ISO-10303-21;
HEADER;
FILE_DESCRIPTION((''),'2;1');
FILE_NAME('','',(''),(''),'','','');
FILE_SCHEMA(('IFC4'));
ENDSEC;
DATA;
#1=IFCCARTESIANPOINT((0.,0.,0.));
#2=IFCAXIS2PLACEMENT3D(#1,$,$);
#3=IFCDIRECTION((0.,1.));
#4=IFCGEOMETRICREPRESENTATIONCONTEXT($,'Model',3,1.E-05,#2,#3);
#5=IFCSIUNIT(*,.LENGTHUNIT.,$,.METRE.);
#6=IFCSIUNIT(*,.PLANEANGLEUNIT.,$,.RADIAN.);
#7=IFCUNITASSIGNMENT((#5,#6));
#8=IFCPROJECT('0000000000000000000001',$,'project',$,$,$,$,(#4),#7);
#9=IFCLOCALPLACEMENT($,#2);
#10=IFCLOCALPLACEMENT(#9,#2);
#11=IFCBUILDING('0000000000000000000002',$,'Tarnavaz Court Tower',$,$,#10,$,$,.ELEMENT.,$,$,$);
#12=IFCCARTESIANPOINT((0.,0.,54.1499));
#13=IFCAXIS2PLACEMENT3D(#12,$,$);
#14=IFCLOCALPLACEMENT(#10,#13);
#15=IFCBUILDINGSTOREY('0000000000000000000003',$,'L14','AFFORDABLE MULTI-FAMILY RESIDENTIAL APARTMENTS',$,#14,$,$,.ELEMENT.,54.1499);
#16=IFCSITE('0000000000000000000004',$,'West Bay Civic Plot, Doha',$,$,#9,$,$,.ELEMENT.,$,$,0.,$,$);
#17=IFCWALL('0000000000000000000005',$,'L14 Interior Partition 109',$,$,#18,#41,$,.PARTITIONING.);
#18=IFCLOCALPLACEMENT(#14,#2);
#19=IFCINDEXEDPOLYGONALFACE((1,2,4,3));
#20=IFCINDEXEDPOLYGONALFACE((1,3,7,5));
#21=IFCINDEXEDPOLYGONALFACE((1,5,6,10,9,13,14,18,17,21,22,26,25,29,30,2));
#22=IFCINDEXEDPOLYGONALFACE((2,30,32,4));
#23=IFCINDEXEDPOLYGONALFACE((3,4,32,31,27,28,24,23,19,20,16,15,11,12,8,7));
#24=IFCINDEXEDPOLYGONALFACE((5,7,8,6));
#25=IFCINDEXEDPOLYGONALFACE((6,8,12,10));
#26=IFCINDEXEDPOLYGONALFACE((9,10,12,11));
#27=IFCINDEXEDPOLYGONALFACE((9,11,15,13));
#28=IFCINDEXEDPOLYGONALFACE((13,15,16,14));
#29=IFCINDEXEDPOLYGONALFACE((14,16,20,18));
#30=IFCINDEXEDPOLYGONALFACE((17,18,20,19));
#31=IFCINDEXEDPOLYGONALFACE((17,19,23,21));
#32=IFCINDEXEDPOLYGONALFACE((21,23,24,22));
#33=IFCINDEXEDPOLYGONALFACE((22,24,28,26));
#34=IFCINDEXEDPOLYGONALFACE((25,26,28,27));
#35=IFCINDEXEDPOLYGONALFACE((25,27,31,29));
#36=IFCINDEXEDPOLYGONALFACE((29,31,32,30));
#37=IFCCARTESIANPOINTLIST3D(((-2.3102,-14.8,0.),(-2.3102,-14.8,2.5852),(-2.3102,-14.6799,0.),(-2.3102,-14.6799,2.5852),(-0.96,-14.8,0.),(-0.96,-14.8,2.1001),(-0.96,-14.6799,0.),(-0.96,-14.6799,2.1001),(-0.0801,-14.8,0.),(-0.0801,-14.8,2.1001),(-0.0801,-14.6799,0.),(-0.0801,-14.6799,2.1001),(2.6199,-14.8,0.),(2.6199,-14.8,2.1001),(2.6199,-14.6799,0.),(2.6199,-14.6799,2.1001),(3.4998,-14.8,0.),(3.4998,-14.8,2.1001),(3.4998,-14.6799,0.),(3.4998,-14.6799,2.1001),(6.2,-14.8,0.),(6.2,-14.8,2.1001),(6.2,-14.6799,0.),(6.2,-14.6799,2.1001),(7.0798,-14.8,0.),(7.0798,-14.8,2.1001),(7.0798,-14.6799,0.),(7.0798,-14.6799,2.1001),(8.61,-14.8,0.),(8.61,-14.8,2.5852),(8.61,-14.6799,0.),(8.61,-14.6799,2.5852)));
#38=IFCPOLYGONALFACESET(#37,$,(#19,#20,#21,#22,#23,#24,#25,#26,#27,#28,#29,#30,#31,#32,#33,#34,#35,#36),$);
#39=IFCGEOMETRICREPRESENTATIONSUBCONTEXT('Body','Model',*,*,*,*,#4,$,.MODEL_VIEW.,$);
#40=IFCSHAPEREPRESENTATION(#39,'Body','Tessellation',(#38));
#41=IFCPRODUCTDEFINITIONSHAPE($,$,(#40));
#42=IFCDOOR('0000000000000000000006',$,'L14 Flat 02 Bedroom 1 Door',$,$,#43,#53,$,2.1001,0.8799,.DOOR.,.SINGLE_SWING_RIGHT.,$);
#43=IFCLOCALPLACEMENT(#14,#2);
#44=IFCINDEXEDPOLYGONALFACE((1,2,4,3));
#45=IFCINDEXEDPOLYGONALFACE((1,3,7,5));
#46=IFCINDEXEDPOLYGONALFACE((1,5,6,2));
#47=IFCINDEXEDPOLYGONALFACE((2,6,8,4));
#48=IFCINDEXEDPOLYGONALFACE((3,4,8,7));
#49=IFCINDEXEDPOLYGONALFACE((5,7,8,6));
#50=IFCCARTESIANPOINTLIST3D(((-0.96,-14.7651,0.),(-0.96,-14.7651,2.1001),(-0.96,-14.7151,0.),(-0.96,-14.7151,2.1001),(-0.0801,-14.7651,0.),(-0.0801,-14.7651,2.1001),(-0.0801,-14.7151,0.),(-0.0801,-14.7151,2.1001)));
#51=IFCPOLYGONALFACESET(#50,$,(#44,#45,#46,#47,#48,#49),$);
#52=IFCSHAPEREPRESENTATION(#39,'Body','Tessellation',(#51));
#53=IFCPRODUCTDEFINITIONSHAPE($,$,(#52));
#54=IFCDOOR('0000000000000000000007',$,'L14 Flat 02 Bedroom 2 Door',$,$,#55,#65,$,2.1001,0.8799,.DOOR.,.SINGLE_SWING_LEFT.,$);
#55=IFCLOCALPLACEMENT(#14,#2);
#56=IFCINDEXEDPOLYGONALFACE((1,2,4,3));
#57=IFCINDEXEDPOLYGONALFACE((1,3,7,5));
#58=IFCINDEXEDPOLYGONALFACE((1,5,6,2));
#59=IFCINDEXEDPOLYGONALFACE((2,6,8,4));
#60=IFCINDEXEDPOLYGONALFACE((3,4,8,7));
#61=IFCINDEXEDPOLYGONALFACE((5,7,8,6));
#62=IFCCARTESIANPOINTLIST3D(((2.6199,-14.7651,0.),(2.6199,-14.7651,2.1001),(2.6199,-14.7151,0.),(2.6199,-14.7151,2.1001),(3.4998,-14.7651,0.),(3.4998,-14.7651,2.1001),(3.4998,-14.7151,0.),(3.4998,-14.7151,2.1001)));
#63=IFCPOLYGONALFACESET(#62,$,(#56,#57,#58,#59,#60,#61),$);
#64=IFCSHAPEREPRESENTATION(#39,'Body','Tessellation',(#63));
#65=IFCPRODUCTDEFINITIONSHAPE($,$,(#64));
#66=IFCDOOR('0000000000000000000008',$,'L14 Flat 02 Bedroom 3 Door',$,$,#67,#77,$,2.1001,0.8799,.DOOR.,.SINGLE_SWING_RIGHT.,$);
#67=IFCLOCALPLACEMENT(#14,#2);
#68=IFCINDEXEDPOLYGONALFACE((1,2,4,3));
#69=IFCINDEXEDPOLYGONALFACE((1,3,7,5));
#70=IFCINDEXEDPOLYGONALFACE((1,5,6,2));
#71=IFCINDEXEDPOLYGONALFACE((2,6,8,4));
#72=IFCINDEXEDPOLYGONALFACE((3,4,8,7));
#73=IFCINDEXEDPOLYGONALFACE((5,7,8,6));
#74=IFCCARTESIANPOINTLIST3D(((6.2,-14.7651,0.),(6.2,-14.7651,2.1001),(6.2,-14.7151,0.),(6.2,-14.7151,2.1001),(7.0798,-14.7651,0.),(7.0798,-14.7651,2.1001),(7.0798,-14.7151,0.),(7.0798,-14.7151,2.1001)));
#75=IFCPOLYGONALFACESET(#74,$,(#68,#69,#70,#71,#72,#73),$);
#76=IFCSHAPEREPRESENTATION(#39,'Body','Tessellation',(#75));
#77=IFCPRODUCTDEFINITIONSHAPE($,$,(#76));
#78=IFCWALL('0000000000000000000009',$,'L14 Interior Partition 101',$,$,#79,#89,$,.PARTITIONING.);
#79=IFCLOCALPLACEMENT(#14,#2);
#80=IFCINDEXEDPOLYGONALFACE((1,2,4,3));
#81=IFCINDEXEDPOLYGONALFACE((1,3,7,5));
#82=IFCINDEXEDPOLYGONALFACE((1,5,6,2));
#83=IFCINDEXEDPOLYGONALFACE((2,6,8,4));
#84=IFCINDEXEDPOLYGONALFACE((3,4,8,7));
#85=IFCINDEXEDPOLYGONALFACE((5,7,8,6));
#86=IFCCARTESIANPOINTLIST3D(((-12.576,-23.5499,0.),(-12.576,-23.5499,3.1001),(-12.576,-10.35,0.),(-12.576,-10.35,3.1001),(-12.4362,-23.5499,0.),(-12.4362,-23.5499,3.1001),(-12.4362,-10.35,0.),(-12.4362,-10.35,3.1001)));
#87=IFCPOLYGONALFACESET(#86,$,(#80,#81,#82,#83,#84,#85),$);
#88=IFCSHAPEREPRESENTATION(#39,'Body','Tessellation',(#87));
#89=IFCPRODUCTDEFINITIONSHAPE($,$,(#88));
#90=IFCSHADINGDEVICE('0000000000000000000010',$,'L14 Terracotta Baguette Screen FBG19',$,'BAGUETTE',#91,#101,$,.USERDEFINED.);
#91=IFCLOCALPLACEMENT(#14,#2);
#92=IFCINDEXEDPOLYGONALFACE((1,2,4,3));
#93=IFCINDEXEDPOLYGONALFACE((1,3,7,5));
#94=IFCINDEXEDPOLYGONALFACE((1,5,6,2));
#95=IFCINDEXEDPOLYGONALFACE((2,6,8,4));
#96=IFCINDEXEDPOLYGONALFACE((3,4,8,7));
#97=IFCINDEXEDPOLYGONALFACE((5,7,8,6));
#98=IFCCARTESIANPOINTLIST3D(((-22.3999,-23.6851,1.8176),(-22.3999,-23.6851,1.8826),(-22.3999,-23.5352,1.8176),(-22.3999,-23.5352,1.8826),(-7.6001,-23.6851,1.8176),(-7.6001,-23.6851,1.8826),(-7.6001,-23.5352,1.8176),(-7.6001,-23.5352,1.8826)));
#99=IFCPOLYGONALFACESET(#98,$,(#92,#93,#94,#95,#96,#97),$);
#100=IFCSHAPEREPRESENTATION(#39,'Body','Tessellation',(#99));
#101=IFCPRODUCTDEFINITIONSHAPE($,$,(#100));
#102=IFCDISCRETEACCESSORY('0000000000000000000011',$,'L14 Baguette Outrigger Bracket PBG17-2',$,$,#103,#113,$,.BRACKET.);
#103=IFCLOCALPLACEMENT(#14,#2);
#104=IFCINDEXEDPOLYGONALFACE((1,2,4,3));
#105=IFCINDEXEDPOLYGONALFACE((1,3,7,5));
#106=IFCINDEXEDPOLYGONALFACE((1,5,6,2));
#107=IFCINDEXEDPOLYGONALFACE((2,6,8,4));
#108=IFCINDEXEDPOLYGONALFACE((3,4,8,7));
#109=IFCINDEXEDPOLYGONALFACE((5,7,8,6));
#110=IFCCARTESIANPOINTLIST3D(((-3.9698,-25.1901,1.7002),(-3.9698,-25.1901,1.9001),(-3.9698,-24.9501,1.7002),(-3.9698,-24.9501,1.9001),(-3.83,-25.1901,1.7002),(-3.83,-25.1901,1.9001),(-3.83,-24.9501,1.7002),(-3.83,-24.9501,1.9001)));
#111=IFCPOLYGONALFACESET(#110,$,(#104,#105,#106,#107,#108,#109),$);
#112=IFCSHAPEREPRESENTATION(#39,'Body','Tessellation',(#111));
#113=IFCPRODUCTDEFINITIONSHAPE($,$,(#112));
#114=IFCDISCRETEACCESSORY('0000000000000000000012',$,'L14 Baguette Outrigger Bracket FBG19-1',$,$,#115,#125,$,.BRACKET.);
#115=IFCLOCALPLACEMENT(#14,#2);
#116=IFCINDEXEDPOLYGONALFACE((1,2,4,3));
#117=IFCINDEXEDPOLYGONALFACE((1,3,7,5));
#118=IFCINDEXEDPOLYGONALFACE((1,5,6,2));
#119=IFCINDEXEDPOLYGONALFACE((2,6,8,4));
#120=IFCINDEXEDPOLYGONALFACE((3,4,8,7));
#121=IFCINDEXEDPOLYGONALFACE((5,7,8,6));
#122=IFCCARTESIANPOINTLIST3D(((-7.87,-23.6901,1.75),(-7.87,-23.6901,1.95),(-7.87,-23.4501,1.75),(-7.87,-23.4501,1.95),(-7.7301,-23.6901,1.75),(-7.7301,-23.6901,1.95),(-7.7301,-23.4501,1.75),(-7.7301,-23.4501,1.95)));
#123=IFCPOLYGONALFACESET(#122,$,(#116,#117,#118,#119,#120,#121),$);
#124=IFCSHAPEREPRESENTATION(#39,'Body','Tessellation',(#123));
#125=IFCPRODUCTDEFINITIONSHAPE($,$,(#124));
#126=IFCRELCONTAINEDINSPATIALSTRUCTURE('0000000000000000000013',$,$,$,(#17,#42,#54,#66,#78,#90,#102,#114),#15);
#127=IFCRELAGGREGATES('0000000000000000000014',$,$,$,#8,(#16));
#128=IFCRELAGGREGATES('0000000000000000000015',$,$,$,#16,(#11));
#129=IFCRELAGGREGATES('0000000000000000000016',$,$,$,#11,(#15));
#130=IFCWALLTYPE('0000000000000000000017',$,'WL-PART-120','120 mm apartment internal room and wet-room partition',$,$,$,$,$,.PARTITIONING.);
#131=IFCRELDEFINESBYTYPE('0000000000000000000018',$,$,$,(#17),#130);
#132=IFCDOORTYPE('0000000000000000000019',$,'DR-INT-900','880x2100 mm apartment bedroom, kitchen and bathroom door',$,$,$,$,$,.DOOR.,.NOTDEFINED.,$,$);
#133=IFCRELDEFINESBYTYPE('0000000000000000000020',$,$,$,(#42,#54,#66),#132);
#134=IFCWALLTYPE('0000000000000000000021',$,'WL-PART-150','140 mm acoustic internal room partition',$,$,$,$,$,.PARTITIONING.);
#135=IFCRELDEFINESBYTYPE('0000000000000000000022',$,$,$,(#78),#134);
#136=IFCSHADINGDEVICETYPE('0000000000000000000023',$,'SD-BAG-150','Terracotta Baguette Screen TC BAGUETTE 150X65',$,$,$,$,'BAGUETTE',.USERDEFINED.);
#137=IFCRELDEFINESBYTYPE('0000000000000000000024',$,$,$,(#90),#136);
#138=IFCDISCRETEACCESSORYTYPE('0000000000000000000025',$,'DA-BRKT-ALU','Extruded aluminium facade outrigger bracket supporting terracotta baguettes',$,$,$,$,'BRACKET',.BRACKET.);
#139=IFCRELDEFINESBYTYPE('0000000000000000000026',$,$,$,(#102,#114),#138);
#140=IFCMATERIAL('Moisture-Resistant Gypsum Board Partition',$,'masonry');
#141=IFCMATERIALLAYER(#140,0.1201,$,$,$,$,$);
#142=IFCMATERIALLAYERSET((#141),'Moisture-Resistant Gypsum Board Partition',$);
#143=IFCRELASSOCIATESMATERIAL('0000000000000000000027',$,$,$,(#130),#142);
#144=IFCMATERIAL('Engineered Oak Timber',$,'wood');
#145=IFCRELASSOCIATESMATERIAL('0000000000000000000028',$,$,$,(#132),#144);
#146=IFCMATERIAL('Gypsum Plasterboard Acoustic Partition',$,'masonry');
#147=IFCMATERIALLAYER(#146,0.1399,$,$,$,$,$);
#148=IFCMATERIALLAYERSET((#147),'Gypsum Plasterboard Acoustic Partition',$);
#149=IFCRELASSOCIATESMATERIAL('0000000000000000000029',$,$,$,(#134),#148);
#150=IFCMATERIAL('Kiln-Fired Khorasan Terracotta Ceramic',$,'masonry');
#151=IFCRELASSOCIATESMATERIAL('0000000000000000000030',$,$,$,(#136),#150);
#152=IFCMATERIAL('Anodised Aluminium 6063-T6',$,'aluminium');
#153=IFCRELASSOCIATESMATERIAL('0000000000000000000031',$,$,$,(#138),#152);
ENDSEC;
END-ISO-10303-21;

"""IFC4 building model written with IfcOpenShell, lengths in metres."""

from ifc_helpers import new_model, si_unit, direction, frame, frame_2d, origin, origin_2d, place, context, subcontext, project, spatial, rectangle, extrude, material, layer, layer_set, material_profile, profile_set, type_object, element, fill, save


model = new_model("IFC4")

# Units and contexts
model_context = context("Model", 3, precision=1e-05, world=origin(), true_north=direction((0.0, 1.0)))
body_context = subcontext(model_context, "Body", "Model", "MODEL_VIEW")
ifc_project = project(units=[si_unit("LENGTHUNIT", "METRE"), si_unit("PLANEANGLEUNIT", "RADIAN")], contexts=[model_context])

# Site, building, storey
site_placement = place(None, origin())
site = spatial("IfcSite", under=ifc_project, at=site_placement, Name="West Bay Civic Plot, Doha", CompositionType="ELEMENT", RefElevation=0.0)
building_placement = place(site_placement, origin())
building = spatial("IfcBuilding", under=site, at=building_placement, Name="Tarnavaz Court Tower", CompositionType="ELEMENT")
storey_placement = place(building_placement, frame((0.0, 0.0, 54.1499)))
storey = spatial("IfcBuildingStorey", under=building, at=storey_placement, Name="L14", Description="AFFORDABLE MULTI-FAMILY RESIDENTIAL APARTMENTS", CompositionType="ELEMENT", Elevation=54.1499)

# Shared definitions
ifc_material_1 = material(Name="Anodised Aluminium 6063-T6", Category="aluminium")

# Wall, openings, doors
ifc_material_2 = material(Name="Moisture-Resistant Gypsum Board Partition", Category="masonry")
ifc_layer_1 = layer(ifc_material_2, 0.1201)
ifc_layer_set_1 = layer_set([ifc_layer_1], Name="Moisture-Resistant Gypsum Board Partition")
wall_type_1 = type_object("IfcWallType", Name="WL-PART-120", Description="120 mm apartment internal room and wet-room partition", PredefinedType="PARTITIONING", material=ifc_layer_set_1)
wall_1_placement = place(storey_placement, frame((-2.3101, -14.74, 0.0), z_axis=(0.0, 0.0, 1.0), x_axis=(1.0, 0.0, 0.0)))
wall_1 = element("IfcWall", 1, at=wall_1_placement, inside=storey, type_object=wall_type_1, Name="L14 Interior Partition 109", PredefinedType="PARTITIONING", context=body_context, shape_type="SweptSolid", body=[
    extrude(rectangle(XDim=10.9202, YDim=0.1201, at=frame_2d((5.46, 0.0))), origin(), (0.0, 0.0, 1.0), 2.5852),
])
opening_1_placement = place(wall_1_placement, frame((1.3501, 0.0, 0.0)))
opening_1 = element("IfcOpeningElement", 2, at=opening_1_placement, cuts=wall_1, PredefinedType="OPENING", context=body_context, shape_type="SweptSolid", body=[
    extrude(rectangle(XDim=0.8799, YDim=2.1001, at=frame_2d((0.4399, 1.05))), frame((0.0, 0.0701, 0.0), z_axis=(0.0, -1.0, 0.0), x_axis=(1.0, 0.0, 0.0)), (0.0, 0.0, 1.0), 0.1401),
])
opening_2_placement = place(wall_1_placement, frame((4.9299, 0.0, 0.0)))
opening_2 = element("IfcOpeningElement", 3, at=opening_2_placement, cuts=wall_1, PredefinedType="OPENING", context=body_context, shape_type="SweptSolid", body=[
    extrude(rectangle(XDim=0.8799, YDim=2.1001, at=frame_2d((0.4399, 1.05))), frame((0.0, 0.0701, 0.0), z_axis=(0.0, -1.0, 0.0), x_axis=(1.0, 0.0, 0.0)), (0.0, 0.0, 1.0), 0.1401),
])
opening_3_placement = place(wall_1_placement, frame((8.51, 0.0, 0.0)))
opening_3 = element("IfcOpeningElement", 4, at=opening_3_placement, cuts=wall_1, PredefinedType="OPENING", context=body_context, shape_type="SweptSolid", body=[
    extrude(rectangle(XDim=0.8799, YDim=2.1001, at=frame_2d((0.4399, 1.05))), frame((0.0, 0.0701, 0.0), z_axis=(0.0, -1.0, 0.0), x_axis=(1.0, 0.0, 0.0)), (0.0, 0.0, 1.0), 0.1401),
])
ifc_material_3 = material(Name="Engineered Oak Timber", Category="wood")
door_type = type_object("IfcDoorType", Name="DR-INT-900", Description="880x2100 mm apartment bedroom, kitchen and bathroom door", OperationType="NOTDEFINED", PredefinedType="DOOR", material=ifc_material_3)
door_1_placement = place(opening_1_placement, origin())
door_1 = element("IfcDoor", 5, at=door_1_placement, inside=storey, type_object=door_type, Name="L14 Flat 02 Bedroom 1 Door", OperationType="SINGLE_SWING_RIGHT", OverallHeight=2.1001, OverallWidth=0.8799, PredefinedType="DOOR", context=body_context, shape_type="SweptSolid", body=[
    extrude(rectangle(XDim=0.8799, YDim=2.1001, at=frame_2d((0.4399, 1.05))), frame((0.0, 0.0249, 0.0), z_axis=(0.0, -1.0, 0.0), x_axis=(1.0, 0.0, 0.0)), (0.0, 0.0, 1.0), 0.05),
])
fill(opening_1, door_1)
door_2_placement = place(opening_2_placement, origin())
door_2 = element("IfcDoor", 6, at=door_2_placement, inside=storey, type_object=door_type, Name="L14 Flat 02 Bedroom 2 Door", OperationType="SINGLE_SWING_LEFT", OverallHeight=2.1001, OverallWidth=0.8799, PredefinedType="DOOR", context=body_context, shape_type="SweptSolid", body=[
    extrude(rectangle(XDim=0.8799, YDim=2.1001, at=frame_2d((0.4399, 1.05))), frame((0.0, 0.0249, 0.0), z_axis=(0.0, -1.0, 0.0), x_axis=(1.0, 0.0, 0.0)), (0.0, 0.0, 1.0), 0.05),
])
fill(opening_2, door_2)
door_3_placement = place(opening_3_placement, origin())
door_3 = element("IfcDoor", 7, at=door_3_placement, inside=storey, type_object=door_type, Name="L14 Flat 02 Bedroom 3 Door", OperationType="SINGLE_SWING_RIGHT", OverallHeight=2.1001, OverallWidth=0.8799, PredefinedType="DOOR", context=body_context, shape_type="SweptSolid", body=[
    extrude(rectangle(XDim=0.8799, YDim=2.1001, at=frame_2d((0.4399, 1.05))), frame((0.0, 0.0249, 0.0), z_axis=(0.0, -1.0, 0.0), x_axis=(1.0, 0.0, 0.0)), (0.0, 0.0, 1.0), 0.05),
])
fill(opening_3, door_3)

# Wall
ifc_material_4 = material(Name="Gypsum Plasterboard Acoustic Partition", Category="masonry")
ifc_layer_2 = layer(ifc_material_4, 0.1399)
ifc_layer_set_2 = layer_set([ifc_layer_2], Name="Gypsum Plasterboard Acoustic Partition")
wall_type_2 = type_object("IfcWallType", Name="WL-PART-150", Description="140 mm acoustic internal room partition", PredefinedType="PARTITIONING", material=ifc_layer_set_2)
wall_2_placement = place(storey_placement, frame((-12.5061, -23.55, 0.0), z_axis=(0.0, 0.0, 1.0), x_axis=(0.0, 1.0, 0.0)))
element("IfcWall", 8, at=wall_2_placement, inside=storey, type_object=wall_type_2, Name="L14 Interior Partition 101", PredefinedType="PARTITIONING", context=body_context, shape_type="SweptSolid", body=[
    extrude(rectangle(XDim=13.2, YDim=0.1399, at=frame_2d((6.6001, 0.0))), origin(), (0.0, 0.0, 1.0), 3.1001),
])

# Shading device
ifc_material_5 = material(Name="Kiln-Fired Khorasan Terracotta Ceramic", Category="masonry")
ifc_material_profile_1 = material_profile(ifc_material_5, rectangle(XDim=0.1499, YDim=0.0649, at=origin_2d()), Name="TC BAGUETTE 150X65")
ifc_profile_set_1 = profile_set([ifc_material_profile_1], Name="Kiln-Fired Khorasan Terracotta Ceramic")
shading_device_type = type_object("IfcShadingDeviceType", Name="SD-BAG-150", Description="Terracotta Baguette Screen TC BAGUETTE 150X65", ElementType="BAGUETTE", PredefinedType="USERDEFINED", material=ifc_profile_set_1)
shading_device_placement = place(storey_placement, frame((-7.6001, -23.6101, 1.8501), z_axis=(-1.0, 0.0, 0.0), x_axis=(0.0, -1.0, 0.0)))
element("IfcShadingDevice", 9, at=shading_device_placement, inside=storey, type_object=shading_device_type, Name="L14 Terracotta Baguette Screen FBG19", ObjectType="BAGUETTE", PredefinedType="USERDEFINED", context=body_context, shape_type="SweptSolid", body=[
    extrude(rectangle(XDim=0.1499, YDim=0.0649, at=origin_2d()), origin(), (0.0, 0.0, 1.0), 14.7998),
])

# Discrete accessories
discrete_accessory_type = type_object("IfcDiscreteAccessoryType", Name="DA-BRKT-ALU", Description="Extruded aluminium facade outrigger bracket supporting terracotta baguettes", ElementType="BRACKET", PredefinedType="BRACKET", material=ifc_material_1)
for number, where, z_axis, x_axis, name in (
    (10, (-3.8999, -25.0701, 1.7002), (0.0, 0.0, 1.0), (-1.0, 0.0, 0.0), "L14 Baguette Outrigger Bracket PBG17-2"),
    (11, (-7.8, -23.5701, 1.75), (0.0, 0.0, 1.0), (-1.0, 0.0, 0.0), "L14 Baguette Outrigger Bracket FBG19-1"),
):
    element("IfcDiscreteAccessory", number, at=place(storey_placement, frame(where, z_axis=z_axis, x_axis=x_axis)), inside=storey, type_object=discrete_accessory_type, Name=name, PredefinedType="BRACKET", context=body_context, shape_type="SweptSolid", body=[
        extrude(rectangle(XDim=0.1399, YDim=0.24, at=origin_2d()), origin(), (0.0, 0.0, 1.0), 0.2),
    ])

save(model, "model.ifc")
